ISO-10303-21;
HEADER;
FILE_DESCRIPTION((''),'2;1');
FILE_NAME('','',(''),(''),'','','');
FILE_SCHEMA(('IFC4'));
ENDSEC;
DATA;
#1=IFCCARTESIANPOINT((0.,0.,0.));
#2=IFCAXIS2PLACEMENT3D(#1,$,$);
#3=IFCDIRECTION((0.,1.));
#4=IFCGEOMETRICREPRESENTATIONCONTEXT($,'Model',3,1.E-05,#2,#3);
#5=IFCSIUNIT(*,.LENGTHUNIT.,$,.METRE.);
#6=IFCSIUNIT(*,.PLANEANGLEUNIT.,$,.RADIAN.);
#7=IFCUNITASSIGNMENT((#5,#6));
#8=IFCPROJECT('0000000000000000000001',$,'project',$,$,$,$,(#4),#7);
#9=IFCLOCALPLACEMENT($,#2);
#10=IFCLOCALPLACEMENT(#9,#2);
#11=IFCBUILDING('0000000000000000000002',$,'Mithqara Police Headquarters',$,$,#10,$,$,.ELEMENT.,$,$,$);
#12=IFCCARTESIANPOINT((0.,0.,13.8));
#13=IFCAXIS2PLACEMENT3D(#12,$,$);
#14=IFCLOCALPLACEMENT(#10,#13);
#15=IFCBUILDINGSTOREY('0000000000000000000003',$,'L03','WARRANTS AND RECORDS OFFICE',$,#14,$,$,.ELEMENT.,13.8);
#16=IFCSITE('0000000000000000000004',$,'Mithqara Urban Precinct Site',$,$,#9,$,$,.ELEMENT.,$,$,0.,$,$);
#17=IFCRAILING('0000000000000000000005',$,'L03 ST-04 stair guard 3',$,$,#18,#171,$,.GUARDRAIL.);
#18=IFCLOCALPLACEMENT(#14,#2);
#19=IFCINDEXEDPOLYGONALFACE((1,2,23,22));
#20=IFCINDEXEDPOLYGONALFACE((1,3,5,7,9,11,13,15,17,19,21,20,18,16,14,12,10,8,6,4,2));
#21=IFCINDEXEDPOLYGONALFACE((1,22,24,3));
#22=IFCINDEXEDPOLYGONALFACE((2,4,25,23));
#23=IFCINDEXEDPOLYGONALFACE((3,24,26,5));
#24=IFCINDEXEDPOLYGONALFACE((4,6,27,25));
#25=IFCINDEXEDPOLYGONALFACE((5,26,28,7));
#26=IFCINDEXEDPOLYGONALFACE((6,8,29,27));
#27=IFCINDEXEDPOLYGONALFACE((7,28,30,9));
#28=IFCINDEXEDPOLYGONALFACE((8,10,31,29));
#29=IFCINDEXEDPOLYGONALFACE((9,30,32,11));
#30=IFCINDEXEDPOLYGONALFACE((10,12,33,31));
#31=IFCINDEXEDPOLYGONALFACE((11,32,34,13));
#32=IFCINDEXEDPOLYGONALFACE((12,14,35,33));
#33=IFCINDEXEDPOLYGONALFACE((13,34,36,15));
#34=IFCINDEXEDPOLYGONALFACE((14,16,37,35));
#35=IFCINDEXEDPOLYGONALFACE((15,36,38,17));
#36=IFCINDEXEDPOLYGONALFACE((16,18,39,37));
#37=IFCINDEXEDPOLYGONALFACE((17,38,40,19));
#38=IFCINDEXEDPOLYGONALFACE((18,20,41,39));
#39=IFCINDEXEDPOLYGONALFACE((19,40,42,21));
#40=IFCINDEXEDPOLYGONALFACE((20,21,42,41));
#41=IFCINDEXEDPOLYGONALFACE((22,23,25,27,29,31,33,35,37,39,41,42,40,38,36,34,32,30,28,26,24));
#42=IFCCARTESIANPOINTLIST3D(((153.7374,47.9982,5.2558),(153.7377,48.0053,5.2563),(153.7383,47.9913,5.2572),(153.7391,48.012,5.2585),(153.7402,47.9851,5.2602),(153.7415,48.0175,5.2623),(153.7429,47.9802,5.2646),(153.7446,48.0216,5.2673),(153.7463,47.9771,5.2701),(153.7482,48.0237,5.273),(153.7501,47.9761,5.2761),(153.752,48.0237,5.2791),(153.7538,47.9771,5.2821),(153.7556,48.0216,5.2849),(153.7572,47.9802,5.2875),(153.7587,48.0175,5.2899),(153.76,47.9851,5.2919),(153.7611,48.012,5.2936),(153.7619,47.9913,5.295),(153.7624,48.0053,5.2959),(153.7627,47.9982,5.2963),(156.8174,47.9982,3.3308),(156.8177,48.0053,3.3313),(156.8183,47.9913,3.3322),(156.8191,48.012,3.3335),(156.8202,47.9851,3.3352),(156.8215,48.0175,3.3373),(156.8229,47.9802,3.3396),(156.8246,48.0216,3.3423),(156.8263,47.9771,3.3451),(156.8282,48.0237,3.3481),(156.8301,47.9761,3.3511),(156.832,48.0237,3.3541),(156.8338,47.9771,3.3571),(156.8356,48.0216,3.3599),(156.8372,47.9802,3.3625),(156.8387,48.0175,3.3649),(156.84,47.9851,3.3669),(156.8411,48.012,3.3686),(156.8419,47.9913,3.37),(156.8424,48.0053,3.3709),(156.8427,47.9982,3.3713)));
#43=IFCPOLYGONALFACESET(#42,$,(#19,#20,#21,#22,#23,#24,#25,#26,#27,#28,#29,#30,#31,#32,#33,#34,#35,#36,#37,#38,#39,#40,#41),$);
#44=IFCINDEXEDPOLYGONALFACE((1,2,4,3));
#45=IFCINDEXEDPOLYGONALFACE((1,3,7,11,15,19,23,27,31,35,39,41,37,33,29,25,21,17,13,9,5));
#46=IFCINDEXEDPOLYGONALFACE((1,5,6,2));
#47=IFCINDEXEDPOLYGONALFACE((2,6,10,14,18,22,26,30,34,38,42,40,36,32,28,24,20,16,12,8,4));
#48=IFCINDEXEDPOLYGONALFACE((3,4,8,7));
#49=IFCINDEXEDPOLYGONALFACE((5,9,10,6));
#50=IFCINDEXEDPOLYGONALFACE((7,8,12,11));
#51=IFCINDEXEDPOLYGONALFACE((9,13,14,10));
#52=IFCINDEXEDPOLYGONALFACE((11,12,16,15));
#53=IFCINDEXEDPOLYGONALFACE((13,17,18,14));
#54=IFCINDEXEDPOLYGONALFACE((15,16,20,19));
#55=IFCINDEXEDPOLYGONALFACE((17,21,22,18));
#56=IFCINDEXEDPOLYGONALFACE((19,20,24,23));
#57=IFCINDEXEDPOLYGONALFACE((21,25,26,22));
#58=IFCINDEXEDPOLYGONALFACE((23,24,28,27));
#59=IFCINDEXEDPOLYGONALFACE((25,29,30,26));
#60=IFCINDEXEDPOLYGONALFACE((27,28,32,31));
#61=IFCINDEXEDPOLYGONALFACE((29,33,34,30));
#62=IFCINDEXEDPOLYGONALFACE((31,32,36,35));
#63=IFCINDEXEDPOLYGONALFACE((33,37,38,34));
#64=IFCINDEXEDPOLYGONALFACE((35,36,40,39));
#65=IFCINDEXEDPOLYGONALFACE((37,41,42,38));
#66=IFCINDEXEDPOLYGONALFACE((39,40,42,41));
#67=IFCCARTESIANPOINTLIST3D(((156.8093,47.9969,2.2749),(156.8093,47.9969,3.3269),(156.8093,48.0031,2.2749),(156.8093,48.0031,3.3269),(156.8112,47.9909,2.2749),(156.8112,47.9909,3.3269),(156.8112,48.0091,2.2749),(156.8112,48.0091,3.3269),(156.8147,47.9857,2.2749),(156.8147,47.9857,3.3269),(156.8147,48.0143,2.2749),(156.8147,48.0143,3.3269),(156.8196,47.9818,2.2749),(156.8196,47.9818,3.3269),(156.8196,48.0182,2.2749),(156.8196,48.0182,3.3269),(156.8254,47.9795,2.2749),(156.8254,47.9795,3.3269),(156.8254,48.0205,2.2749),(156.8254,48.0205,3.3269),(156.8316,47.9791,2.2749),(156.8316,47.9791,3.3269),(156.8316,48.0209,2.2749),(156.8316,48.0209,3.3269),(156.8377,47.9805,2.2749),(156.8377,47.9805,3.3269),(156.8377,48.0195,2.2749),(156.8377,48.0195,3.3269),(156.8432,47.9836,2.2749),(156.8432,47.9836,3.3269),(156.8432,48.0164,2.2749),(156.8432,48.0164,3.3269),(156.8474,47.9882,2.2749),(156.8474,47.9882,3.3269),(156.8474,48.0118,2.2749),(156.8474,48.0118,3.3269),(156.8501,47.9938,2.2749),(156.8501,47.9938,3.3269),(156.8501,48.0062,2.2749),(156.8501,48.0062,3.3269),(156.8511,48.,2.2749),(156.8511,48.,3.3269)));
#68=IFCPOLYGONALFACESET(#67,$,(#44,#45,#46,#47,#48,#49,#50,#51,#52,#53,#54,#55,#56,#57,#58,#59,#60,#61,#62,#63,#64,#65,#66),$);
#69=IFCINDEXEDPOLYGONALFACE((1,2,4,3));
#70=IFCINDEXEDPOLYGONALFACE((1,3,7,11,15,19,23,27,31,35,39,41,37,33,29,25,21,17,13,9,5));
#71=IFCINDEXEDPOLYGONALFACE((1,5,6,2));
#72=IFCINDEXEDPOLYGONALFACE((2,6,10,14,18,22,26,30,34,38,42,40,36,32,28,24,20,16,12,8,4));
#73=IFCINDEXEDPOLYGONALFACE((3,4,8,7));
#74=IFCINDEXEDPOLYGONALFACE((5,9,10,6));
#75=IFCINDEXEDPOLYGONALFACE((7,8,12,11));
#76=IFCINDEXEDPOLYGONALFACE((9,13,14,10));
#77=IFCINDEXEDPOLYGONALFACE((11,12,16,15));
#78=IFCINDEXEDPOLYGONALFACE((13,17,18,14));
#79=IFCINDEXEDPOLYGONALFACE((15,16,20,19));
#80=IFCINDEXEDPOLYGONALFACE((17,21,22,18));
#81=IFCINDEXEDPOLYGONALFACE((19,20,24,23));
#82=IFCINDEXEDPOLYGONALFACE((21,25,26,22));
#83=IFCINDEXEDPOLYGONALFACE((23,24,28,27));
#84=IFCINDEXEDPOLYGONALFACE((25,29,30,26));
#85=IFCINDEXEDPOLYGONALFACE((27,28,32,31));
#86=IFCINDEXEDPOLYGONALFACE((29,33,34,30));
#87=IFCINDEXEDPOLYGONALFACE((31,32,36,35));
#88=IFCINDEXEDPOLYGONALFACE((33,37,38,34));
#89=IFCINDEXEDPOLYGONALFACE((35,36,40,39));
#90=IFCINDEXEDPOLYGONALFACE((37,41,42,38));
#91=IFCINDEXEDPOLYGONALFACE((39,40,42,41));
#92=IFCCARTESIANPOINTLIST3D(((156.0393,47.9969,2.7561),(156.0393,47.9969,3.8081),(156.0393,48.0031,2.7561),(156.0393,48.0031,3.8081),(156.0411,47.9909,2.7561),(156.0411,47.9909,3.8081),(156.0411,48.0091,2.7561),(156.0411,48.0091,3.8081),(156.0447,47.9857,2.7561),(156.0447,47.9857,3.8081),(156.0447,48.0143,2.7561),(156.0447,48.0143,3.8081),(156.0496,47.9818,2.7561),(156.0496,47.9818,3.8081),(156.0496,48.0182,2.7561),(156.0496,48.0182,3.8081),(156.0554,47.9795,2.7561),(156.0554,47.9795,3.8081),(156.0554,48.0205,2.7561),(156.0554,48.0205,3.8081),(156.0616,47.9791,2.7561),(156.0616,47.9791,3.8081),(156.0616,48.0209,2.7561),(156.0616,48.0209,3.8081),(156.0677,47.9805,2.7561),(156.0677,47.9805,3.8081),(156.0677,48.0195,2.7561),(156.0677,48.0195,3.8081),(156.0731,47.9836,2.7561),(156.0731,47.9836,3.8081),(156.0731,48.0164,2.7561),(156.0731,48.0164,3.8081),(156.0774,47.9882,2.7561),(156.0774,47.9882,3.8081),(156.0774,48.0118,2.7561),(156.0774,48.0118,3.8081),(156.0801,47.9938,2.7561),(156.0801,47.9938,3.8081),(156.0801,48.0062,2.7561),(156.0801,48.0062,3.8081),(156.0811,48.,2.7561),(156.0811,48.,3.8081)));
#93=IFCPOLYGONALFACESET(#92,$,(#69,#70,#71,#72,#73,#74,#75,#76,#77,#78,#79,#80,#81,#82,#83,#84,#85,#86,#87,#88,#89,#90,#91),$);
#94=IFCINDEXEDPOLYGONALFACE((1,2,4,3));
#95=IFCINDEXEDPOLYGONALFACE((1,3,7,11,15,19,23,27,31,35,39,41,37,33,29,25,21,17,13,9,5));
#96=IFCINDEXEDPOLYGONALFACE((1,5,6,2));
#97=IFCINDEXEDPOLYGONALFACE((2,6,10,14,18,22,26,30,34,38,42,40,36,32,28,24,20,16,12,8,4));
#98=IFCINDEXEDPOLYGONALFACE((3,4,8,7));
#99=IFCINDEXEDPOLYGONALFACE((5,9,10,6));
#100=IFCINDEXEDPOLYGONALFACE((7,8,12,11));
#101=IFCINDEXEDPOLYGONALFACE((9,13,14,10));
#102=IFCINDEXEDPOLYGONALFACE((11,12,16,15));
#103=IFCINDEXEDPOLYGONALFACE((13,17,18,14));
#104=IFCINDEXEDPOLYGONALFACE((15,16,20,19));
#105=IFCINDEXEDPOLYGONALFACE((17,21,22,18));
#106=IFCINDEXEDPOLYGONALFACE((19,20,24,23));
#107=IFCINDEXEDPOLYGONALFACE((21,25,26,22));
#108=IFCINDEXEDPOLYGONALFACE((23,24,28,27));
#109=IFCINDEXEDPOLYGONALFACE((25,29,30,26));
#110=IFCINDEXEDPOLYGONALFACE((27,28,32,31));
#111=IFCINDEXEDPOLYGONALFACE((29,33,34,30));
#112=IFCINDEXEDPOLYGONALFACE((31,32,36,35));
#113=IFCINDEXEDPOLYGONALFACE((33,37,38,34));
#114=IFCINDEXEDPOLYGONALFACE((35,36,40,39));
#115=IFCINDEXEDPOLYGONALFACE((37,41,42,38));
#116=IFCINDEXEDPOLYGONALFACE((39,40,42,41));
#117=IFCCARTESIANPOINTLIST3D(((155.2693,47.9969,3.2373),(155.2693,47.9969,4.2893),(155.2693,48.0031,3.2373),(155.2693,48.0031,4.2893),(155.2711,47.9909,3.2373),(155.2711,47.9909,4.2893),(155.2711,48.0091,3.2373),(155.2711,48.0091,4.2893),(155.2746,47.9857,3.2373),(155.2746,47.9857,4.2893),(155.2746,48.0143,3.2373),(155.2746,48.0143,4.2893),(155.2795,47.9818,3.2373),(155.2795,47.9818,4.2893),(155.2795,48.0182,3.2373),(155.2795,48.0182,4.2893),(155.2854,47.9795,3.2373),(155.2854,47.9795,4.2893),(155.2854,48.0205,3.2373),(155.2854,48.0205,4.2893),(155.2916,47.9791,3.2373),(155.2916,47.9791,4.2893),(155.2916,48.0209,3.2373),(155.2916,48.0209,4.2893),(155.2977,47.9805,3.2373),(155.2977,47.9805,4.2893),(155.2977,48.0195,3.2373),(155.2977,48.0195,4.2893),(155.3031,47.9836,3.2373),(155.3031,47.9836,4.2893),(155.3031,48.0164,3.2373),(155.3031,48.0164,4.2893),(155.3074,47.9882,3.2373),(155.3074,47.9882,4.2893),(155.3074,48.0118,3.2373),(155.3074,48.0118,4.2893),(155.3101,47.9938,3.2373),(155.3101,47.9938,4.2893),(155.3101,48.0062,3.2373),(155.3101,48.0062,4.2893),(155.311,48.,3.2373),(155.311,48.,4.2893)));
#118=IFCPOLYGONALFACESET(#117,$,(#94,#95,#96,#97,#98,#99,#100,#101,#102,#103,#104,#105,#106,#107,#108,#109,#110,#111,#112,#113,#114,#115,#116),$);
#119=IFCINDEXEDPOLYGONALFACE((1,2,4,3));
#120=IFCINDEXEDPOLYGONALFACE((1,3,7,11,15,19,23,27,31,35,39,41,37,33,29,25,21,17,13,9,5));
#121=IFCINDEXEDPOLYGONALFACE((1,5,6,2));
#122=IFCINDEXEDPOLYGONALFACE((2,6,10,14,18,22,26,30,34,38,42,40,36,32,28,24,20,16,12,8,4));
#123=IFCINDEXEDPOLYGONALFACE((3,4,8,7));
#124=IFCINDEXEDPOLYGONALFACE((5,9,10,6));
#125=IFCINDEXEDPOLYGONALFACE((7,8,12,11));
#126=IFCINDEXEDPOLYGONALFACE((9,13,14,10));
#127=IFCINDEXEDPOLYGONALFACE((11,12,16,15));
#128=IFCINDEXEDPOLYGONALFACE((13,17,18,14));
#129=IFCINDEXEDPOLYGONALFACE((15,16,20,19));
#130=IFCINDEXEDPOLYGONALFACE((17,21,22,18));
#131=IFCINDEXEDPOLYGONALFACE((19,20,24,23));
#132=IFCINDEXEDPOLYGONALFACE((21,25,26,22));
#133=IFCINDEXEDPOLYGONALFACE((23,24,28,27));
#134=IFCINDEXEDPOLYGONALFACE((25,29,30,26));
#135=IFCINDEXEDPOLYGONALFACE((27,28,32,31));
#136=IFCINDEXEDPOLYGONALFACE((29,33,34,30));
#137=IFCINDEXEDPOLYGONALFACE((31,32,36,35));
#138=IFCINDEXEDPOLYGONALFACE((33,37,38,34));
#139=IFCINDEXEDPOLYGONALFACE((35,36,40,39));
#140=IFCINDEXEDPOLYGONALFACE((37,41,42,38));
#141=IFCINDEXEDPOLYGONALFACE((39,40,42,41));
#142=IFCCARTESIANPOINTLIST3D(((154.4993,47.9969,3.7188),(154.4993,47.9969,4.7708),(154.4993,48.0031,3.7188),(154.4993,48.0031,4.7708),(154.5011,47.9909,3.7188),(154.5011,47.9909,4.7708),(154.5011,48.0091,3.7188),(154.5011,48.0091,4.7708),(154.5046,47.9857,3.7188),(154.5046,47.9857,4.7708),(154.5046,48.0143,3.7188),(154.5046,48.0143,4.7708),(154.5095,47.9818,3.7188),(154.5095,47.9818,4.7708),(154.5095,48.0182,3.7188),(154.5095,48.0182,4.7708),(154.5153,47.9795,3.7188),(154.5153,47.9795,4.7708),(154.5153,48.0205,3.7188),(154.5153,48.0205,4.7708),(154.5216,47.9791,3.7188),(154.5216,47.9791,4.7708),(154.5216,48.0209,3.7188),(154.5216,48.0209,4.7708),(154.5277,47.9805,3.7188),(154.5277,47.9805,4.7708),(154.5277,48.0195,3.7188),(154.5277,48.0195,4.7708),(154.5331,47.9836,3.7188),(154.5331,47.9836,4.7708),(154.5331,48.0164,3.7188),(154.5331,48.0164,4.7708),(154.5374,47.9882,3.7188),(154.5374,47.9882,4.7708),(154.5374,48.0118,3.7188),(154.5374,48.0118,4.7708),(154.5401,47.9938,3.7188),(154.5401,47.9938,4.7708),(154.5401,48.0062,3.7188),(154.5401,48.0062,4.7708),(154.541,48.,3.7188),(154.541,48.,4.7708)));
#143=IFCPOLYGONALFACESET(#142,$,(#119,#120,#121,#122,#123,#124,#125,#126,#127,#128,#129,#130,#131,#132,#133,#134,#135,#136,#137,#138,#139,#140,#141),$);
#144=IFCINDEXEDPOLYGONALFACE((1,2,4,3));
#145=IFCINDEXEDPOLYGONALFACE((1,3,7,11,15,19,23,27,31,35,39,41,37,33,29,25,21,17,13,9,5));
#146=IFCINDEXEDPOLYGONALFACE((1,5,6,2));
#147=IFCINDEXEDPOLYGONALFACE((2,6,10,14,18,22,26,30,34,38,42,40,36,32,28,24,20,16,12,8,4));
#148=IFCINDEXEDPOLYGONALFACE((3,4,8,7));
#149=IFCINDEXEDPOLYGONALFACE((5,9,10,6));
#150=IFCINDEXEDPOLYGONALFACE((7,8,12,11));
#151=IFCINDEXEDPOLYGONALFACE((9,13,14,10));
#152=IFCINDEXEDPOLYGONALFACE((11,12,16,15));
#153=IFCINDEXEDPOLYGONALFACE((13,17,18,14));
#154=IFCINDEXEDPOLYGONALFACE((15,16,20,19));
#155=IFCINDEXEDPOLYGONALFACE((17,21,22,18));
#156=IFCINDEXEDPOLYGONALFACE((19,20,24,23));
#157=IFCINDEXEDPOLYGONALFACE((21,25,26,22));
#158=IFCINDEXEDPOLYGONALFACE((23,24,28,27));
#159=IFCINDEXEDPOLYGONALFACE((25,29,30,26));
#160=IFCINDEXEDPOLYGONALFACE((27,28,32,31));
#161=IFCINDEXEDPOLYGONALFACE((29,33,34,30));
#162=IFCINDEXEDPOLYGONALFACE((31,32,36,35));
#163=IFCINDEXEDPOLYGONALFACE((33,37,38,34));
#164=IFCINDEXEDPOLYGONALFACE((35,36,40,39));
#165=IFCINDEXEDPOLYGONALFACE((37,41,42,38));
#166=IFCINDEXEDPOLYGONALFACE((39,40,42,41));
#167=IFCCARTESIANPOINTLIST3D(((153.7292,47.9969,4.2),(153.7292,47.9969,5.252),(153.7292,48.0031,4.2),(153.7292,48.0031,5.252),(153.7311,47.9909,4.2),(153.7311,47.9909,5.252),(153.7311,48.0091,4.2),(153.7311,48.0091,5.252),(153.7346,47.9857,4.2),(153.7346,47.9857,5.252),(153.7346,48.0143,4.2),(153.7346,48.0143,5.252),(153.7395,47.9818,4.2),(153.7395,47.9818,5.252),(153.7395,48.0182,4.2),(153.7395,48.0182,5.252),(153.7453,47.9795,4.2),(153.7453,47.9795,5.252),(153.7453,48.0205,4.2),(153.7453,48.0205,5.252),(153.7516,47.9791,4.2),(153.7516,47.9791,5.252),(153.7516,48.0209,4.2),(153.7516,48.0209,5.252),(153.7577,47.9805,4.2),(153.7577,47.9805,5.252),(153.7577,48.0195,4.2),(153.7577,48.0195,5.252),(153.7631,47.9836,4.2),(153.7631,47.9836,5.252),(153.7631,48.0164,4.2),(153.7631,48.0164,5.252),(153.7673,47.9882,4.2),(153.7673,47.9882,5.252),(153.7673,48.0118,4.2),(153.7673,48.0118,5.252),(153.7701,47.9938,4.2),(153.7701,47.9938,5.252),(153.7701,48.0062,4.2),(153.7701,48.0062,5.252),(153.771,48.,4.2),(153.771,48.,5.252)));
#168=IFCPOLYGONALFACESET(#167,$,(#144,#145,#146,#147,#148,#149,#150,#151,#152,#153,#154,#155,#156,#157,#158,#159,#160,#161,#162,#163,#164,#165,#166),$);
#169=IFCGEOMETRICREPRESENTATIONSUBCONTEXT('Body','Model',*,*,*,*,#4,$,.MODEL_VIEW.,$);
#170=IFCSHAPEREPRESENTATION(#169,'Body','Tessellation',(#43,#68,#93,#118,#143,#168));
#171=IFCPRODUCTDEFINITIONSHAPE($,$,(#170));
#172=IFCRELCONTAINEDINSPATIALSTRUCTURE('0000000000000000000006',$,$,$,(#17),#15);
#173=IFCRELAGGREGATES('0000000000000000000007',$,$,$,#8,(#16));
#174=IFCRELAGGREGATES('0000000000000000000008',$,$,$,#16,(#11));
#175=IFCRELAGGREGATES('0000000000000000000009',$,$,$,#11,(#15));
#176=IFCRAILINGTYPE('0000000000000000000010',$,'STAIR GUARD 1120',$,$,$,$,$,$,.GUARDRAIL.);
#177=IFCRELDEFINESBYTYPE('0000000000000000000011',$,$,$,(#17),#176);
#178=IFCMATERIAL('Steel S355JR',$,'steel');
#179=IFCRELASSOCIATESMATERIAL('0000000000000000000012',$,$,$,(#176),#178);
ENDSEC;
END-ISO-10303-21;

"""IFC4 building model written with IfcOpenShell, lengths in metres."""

from ifc_helpers import new_model, si_unit, direction, frame, origin, origin_2d, place, context, subcontext, project, spatial, circle, extrude, material, type_object, element, save


model = new_model("IFC4")

# Units and contexts
model_context = context("Model", 3, precision=1e-05, world=origin(), true_north=direction((0.0, 1.0)))
body_context = subcontext(model_context, "Body", "Model", "MODEL_VIEW")
ifc_project = project(units=[si_unit("LENGTHUNIT", "METRE"), si_unit("PLANEANGLEUNIT", "RADIAN")], contexts=[model_context])

# Site, building, storey
site_placement = place(None, origin())
site = spatial("IfcSite", under=ifc_project, at=site_placement, Name="Mithqara Urban Precinct Site", CompositionType="ELEMENT", RefElevation=0.0)
building_placement = place(site_placement, origin())
building = spatial("IfcBuilding", under=site, at=building_placement, Name="Mithqara Police Headquarters", CompositionType="ELEMENT")
storey_placement = place(building_placement, frame((0.0, 0.0, 13.8)))
storey = spatial("IfcBuildingStorey", under=building, at=storey_placement, Name="L03", Description="WARRANTS AND RECORDS OFFICE", CompositionType="ELEMENT", Elevation=13.8)

# Shared definitions
ifc_material_1 = material(Name="Steel S355JR", Category="steel")

# Railing
railing_type_1 = type_object("IfcRailingType", Name="STAIR GUARD 1120", PredefinedType="GUARDRAIL", material=ifc_material_1)
railing_1_placement = place(storey_placement, frame((156.8301, 48.0, 2.2749)))
element("IfcRailing", 1, at=railing_1_placement, inside=storey, type_object=railing_type_1, Name="L03 ST-04 stair guard 3", PredefinedType="GUARDRAIL", context=body_context, shape_type="SweptSolid", body=[
    extrude(circle(Radius=0.0239, at=origin_2d()), frame((0.0, 0.0, 1.0762), z_axis=(-0.847998, 0.0, 0.529999), x_axis=(0.0, -1.0, 0.0)), (0.0, 0.0, 1.0), 3.6321),
    extrude(circle(Radius=0.021, at=origin_2d()), origin(), (0.0, 0.0, 1.0), 1.052),
    extrude(circle(Radius=0.021, at=origin_2d()), frame((-0.77, 0.0, 0.4812)), (0.0, 0.0, 1.0), 1.052),
    extrude(circle(Radius=0.021, at=origin_2d()), frame((-1.54, 0.0, 0.9624)), (0.0, 0.0, 1.0), 1.052),
    extrude(circle(Radius=0.021, at=origin_2d()), frame((-2.3101, 0.0, 1.4438)), (0.0, 0.0, 1.0), 1.052),
    extrude(circle(Radius=0.021, at=origin_2d()), frame((-3.0801, 0.0, 1.925)), (0.0, 0.0, 1.0), 1.052),
])

save(model, "model.ifc")
